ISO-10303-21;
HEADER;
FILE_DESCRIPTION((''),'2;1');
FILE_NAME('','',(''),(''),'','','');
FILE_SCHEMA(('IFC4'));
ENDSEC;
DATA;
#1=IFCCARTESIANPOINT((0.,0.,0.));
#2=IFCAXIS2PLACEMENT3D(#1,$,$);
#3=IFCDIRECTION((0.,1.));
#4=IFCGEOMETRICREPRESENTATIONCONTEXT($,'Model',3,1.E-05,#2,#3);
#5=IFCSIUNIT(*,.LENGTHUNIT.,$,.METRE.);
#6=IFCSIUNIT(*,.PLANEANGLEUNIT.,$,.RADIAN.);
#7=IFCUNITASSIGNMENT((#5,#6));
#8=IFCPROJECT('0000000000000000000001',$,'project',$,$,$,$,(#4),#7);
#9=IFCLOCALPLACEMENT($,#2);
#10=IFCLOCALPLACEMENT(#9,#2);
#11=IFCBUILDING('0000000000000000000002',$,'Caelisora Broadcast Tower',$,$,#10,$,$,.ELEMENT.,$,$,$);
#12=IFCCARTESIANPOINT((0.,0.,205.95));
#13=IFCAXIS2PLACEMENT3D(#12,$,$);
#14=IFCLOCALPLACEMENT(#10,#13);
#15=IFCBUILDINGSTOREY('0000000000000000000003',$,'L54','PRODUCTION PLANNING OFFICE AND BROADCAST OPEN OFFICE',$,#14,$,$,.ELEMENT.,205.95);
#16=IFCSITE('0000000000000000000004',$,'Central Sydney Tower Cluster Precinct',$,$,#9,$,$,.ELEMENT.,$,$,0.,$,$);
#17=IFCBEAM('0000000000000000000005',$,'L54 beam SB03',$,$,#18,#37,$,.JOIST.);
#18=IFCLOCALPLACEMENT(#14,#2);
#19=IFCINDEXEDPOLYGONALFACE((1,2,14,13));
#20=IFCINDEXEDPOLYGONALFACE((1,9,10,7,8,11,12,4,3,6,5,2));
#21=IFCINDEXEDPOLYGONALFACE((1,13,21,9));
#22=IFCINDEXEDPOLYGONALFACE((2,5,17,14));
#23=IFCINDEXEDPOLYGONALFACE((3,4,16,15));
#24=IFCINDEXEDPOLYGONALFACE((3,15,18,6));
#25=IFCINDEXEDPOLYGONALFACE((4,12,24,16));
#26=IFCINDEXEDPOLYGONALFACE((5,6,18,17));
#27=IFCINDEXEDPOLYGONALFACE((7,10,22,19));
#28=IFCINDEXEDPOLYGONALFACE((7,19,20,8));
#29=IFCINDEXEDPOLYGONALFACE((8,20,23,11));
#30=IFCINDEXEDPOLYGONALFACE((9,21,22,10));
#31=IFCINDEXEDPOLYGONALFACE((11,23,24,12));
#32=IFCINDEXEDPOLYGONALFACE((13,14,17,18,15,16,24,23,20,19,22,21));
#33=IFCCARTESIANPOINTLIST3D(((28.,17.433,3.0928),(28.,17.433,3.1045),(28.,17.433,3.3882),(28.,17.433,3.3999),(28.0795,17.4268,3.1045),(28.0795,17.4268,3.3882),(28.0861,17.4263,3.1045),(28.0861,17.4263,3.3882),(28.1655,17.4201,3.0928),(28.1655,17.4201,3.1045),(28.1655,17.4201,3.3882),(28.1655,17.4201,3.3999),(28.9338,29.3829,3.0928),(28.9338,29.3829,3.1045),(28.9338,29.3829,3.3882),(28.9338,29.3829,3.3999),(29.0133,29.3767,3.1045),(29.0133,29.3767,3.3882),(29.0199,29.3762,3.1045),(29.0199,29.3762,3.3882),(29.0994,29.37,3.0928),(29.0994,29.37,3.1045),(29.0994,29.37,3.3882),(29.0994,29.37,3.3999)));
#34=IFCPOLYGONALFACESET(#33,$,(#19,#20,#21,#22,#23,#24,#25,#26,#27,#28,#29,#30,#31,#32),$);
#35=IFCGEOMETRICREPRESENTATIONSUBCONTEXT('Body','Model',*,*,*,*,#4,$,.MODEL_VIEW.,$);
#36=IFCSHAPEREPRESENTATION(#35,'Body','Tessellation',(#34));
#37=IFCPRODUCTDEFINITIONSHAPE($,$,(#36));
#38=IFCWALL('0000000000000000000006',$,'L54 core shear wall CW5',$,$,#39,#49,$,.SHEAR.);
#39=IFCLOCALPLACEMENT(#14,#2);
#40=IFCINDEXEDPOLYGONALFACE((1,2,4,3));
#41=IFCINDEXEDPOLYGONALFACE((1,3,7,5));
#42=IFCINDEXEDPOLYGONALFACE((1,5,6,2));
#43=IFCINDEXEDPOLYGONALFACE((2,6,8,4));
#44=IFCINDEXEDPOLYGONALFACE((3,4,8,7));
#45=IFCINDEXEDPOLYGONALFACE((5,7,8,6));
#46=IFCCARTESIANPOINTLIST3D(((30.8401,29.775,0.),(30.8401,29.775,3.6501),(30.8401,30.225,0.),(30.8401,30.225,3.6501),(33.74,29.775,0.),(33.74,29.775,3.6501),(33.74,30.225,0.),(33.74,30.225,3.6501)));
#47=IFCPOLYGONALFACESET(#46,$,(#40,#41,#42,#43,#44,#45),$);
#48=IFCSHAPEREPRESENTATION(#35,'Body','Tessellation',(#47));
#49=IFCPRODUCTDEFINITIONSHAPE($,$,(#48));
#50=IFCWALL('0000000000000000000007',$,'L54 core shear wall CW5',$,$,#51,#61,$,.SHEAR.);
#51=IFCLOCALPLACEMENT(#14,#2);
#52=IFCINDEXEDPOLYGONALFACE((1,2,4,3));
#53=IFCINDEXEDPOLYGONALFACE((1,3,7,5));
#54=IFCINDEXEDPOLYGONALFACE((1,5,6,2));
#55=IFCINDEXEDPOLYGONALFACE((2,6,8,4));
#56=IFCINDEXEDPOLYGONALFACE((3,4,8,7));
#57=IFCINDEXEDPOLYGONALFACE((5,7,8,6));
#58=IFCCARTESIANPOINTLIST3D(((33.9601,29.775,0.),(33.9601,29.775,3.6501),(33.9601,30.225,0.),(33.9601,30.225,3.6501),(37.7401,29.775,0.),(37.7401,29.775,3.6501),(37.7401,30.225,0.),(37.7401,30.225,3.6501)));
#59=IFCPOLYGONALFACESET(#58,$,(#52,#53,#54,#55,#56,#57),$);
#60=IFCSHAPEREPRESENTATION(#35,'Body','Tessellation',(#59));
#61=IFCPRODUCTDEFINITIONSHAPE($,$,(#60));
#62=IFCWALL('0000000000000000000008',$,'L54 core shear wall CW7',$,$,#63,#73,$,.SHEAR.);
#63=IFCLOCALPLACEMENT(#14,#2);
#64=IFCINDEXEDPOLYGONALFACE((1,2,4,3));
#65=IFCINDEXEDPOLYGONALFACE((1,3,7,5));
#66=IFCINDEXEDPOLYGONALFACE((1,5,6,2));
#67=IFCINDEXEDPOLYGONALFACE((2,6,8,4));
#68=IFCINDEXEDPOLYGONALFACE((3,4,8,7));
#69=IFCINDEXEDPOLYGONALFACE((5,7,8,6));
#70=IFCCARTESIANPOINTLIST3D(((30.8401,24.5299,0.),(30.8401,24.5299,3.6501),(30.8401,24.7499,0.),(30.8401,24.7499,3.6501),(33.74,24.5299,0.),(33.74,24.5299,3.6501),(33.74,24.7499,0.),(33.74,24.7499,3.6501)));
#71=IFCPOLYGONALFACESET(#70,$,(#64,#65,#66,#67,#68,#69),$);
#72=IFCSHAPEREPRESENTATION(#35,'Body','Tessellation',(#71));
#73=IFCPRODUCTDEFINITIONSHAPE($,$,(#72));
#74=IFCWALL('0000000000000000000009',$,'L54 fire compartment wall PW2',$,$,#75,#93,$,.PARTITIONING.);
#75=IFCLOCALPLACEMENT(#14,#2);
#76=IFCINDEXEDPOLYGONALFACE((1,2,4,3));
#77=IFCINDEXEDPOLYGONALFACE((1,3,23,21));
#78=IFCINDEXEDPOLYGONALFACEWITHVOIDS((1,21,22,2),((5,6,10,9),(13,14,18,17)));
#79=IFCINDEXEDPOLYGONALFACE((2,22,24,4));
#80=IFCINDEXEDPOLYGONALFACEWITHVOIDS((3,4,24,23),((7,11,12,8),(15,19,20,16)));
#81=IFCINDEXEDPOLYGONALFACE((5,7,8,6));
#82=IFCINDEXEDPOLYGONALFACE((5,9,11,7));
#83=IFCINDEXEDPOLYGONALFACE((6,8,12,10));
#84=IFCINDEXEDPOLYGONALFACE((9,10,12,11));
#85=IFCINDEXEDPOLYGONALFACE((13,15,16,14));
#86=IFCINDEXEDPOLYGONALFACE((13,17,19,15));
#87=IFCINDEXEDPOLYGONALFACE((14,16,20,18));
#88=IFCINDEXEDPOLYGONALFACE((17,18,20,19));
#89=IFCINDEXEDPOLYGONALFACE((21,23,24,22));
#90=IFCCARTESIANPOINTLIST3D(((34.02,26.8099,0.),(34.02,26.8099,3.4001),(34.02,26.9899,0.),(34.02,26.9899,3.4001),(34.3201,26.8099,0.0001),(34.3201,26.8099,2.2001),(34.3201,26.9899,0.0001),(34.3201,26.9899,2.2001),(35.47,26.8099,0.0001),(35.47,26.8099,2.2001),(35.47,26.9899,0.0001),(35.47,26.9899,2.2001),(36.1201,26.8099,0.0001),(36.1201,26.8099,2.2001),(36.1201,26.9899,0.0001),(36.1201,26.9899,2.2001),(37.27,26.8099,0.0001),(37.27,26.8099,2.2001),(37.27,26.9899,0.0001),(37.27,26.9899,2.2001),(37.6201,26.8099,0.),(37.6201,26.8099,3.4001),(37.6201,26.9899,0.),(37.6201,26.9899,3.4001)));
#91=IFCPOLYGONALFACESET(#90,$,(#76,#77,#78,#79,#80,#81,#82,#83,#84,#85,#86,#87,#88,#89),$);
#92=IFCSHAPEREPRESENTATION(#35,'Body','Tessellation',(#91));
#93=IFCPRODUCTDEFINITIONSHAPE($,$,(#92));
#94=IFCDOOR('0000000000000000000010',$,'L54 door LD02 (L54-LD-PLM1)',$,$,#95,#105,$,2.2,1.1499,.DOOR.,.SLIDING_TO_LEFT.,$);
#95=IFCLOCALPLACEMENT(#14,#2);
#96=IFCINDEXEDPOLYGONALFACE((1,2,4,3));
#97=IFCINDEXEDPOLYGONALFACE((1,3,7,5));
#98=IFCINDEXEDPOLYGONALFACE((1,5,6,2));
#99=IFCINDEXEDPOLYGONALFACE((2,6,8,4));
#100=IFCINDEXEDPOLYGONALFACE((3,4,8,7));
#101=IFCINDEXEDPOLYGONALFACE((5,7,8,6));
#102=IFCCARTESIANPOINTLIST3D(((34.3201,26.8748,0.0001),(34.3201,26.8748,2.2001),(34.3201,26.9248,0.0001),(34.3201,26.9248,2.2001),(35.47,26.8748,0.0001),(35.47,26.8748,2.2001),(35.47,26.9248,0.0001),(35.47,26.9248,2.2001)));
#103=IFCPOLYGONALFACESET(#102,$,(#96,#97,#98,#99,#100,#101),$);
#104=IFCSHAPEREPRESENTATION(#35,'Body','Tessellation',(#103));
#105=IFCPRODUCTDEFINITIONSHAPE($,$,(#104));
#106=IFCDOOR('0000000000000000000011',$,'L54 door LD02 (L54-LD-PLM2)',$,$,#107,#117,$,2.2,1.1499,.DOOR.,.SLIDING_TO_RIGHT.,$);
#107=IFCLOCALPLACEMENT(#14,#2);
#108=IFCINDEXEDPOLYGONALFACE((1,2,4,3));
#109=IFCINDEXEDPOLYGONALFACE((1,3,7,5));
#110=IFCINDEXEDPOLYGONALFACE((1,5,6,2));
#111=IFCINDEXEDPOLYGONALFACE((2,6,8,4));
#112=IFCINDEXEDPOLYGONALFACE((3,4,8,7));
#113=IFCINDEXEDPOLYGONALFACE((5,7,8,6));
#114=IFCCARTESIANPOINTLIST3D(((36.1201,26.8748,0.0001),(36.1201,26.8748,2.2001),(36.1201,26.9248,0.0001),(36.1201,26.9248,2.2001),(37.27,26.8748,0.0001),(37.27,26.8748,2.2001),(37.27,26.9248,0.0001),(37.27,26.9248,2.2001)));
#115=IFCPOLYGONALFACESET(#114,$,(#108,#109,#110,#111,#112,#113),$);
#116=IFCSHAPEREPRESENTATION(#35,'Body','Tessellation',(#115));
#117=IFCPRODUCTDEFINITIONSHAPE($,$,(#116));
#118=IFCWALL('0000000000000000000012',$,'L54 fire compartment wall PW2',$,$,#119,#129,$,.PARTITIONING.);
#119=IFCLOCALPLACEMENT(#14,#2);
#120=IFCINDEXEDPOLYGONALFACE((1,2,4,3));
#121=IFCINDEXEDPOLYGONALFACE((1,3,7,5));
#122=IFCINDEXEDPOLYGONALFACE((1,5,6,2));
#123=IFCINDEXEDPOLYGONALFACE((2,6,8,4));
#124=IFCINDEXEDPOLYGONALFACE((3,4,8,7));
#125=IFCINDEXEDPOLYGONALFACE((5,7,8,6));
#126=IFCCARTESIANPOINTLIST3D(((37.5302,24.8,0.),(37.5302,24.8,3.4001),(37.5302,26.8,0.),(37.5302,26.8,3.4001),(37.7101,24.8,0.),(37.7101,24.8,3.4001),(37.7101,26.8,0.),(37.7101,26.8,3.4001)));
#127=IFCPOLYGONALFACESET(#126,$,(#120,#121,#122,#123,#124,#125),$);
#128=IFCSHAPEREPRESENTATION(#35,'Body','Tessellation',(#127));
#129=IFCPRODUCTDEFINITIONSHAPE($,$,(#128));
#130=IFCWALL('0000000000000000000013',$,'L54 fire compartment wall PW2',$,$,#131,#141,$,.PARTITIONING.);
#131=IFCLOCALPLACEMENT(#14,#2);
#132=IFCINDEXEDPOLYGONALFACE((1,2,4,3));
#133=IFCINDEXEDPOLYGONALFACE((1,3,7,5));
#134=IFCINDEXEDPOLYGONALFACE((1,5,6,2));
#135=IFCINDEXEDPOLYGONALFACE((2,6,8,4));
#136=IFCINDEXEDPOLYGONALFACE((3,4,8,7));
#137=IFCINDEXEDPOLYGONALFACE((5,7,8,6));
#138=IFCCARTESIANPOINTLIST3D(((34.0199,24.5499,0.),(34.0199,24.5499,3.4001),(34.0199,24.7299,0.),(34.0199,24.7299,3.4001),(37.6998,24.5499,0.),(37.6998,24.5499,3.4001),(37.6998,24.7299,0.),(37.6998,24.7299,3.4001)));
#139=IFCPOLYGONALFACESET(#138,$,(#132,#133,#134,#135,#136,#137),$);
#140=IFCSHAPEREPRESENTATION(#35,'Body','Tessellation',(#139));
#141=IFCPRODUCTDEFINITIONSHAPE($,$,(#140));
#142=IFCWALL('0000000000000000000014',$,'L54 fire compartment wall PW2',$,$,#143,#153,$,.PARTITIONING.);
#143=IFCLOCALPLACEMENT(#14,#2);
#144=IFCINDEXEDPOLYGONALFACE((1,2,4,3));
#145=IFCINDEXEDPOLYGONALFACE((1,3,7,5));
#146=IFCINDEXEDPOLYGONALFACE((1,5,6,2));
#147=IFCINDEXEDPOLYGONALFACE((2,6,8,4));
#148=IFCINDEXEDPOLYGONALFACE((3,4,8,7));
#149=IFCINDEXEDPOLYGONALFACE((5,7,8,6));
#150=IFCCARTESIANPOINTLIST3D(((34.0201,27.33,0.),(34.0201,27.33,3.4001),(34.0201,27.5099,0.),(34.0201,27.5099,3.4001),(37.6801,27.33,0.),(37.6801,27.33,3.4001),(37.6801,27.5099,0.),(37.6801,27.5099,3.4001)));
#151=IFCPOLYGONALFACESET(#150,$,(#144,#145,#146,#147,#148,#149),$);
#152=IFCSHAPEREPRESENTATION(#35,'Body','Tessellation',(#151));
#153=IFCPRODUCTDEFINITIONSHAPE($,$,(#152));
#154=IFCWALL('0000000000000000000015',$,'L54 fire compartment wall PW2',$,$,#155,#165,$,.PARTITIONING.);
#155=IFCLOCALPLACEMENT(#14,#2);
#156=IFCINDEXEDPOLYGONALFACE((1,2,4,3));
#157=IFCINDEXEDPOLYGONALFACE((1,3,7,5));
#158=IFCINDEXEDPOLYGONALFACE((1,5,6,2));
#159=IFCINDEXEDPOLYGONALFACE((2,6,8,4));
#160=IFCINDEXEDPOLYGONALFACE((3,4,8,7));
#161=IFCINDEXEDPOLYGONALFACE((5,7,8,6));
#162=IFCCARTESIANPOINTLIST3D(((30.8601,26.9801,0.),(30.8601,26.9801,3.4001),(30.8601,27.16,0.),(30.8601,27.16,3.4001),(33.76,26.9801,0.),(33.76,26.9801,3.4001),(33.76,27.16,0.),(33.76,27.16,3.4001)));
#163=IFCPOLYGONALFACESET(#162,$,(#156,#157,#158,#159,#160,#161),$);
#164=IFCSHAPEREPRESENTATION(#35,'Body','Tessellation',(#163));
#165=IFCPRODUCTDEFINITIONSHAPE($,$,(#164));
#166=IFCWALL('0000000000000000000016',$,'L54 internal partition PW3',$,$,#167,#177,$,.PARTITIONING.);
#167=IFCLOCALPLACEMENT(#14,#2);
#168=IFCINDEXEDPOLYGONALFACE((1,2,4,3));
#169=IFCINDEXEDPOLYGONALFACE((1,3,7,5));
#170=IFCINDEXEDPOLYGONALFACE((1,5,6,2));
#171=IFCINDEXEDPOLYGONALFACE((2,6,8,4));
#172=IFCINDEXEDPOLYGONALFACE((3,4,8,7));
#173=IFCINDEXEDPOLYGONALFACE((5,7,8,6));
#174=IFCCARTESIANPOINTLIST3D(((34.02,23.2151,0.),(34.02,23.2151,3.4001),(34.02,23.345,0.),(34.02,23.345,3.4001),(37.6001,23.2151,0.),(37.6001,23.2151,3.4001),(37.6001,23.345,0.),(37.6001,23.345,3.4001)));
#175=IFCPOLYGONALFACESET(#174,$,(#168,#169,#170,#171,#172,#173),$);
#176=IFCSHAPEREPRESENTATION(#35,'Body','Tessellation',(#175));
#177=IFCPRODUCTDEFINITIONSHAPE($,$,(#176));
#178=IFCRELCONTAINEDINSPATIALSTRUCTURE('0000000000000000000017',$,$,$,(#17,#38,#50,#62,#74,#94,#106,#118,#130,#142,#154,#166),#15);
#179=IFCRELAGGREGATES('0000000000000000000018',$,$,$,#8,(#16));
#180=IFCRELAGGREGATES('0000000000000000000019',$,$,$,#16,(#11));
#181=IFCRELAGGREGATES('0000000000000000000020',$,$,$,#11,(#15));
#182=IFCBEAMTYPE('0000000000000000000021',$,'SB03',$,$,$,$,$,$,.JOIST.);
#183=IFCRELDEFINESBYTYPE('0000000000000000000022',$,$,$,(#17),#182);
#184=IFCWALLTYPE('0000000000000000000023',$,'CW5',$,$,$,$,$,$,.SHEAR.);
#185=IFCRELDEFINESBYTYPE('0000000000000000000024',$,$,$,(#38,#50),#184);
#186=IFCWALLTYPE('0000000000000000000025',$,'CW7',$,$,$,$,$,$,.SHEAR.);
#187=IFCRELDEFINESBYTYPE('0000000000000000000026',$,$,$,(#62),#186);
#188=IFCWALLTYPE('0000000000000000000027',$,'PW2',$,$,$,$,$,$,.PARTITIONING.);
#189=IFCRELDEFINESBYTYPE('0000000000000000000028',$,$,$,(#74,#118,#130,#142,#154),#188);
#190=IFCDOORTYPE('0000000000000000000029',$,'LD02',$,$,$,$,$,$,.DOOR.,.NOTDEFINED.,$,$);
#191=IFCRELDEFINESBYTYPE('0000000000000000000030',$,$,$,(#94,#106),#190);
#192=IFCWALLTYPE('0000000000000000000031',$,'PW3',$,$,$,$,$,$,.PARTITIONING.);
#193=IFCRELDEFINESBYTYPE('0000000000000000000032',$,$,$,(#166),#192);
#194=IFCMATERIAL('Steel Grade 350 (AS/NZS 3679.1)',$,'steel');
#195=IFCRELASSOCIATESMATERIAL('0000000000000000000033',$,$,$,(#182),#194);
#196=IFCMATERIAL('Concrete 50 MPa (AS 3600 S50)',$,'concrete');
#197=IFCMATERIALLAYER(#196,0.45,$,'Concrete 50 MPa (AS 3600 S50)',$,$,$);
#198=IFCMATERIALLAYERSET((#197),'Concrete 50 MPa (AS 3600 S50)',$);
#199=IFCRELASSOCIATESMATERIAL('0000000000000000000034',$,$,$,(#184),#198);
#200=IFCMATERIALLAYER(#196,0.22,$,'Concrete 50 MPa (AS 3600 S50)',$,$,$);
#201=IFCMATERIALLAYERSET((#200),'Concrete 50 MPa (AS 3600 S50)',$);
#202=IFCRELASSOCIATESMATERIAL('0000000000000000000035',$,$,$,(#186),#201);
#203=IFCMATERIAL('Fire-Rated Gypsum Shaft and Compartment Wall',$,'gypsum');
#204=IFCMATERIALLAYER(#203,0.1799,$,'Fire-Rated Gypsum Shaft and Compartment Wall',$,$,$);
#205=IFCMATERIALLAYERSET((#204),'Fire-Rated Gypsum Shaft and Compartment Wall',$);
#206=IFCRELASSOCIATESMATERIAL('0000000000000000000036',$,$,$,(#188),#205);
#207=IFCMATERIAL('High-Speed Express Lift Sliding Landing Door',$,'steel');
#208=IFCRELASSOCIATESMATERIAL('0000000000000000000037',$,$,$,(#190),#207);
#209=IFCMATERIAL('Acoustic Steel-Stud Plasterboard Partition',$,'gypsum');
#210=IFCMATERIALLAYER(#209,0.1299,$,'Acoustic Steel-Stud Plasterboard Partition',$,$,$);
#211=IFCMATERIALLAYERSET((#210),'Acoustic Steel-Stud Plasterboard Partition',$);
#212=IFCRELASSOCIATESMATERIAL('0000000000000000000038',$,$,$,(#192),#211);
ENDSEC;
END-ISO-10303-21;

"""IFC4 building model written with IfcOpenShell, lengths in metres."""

from ifc_helpers import new_model, si_unit, direction, frame, frame_2d, origin, origin_2d, place, context, subcontext, project, spatial, rectangle, i_section, extrude, source, transform, mapped, material, layer, layer_set, material_profile, profile_set, type_object, element, fill, save


model = new_model("IFC4")

# Units and contexts
model_context = context("Model", 3, precision=1e-05, world=origin(), true_north=direction((0.0, 1.0)))
body_context = subcontext(model_context, "Body", "Model", "MODEL_VIEW")
ifc_project = project(units=[si_unit("LENGTHUNIT", "METRE"), si_unit("PLANEANGLEUNIT", "RADIAN")], contexts=[model_context])

# Site, building, storey
site_placement = place(None, origin())
site = spatial("IfcSite", under=ifc_project, at=site_placement, Name="Central Sydney Tower Cluster Precinct", CompositionType="ELEMENT", RefElevation=0.0)
building_placement = place(site_placement, origin())
building = spatial("IfcBuilding", under=site, at=building_placement, Name="Caelisora Broadcast Tower", CompositionType="ELEMENT")
storey_placement = place(building_placement, frame((0.0, 0.0, 205.95)))
storey = spatial("IfcBuildingStorey", under=building, at=storey_placement, Name="L54", Description="PRODUCTION PLANNING OFFICE AND BROADCAST OPEN OFFICE", CompositionType="ELEMENT", Elevation=205.95)

# Beam
ifc_material_1 = material(Name="Concrete 50 MPa (AS 3600 S50)", Category="concrete")
ifc_material_2 = material(Name="Steel Grade 350 (AS/NZS 3679.1)", Category="steel")
ifc_material_profile_1 = material_profile(ifc_material_2, i_section(OverallWidth=0.166, OverallDepth=0.3071, WebThickness=0.0066, FlangeThickness=0.0117, at=origin_2d()), Name="Steel Grade 350 (AS/NZS 3679.1)")
ifc_profile_set_1 = profile_set([ifc_material_profile_1], Name="Steel Grade 350 (AS/NZS 3679.1)")
beam_type_1 = type_object("IfcBeamType", Name="SB03", PredefinedType="JOIST", material=ifc_profile_set_1)
shared_shape_1 = source(origin(), body_context, "Body", "SweptSolid", [
    extrude(i_section(OverallWidth=0.166, OverallDepth=0.3071, WebThickness=0.0066, FlangeThickness=0.0117, at=origin_2d()), origin(), (0.0, 0.0, 1.0), 11.9863),
])
beam_1_placement = place(storey_placement, frame((29.0166, 29.3765, 3.2463), z_axis=(-0.077908, -0.996961, 0.0), x_axis=(0.996961, -0.077908, 0.0)))
element("IfcBeam", 1, at=beam_1_placement, inside=storey, type_object=beam_type_1, Name="L54 beam SB03", PredefinedType="JOIST", context=body_context, shape_type="MappedRepresentation", body=[
    mapped(shared_shape_1, transform((0.0, 0.0, 0.0), scale=1.0)),
])

# Walls
ifc_layer_1 = layer(ifc_material_1, 0.45, Name="Concrete 50 MPa (AS 3600 S50)")
ifc_layer_set_1 = layer_set([ifc_layer_1], Name="Concrete 50 MPa (AS 3600 S50)")
wall_type_1 = type_object("IfcWallType", Name="CW5", PredefinedType="SHEAR", material=ifc_layer_set_1)
wall_1_placement = place(storey_placement, frame((30.8401, 30.0, 0.0), z_axis=(0.0, 0.0, 1.0), x_axis=(1.0, 0.0, 0.0)))
element("IfcWall", 2, at=wall_1_placement, inside=storey, type_object=wall_type_1, Name="L54 core shear wall CW5", PredefinedType="SHEAR", context=body_context, shape_type="SweptSolid", body=[
    extrude(rectangle(XDim=2.8999, YDim=0.45, at=frame_2d((1.45, 0.0))), origin(), (0.0, 0.0, 1.0), 3.6501),
])
wall_2_placement = place(storey_placement, frame((33.96, 30.0, 0.0), z_axis=(0.0, 0.0, 1.0), x_axis=(1.0, 0.0, 0.0)))
element("IfcWall", 3, at=wall_2_placement, inside=storey, type_object=wall_type_1, Name="L54 core shear wall CW5", PredefinedType="SHEAR", context=body_context, shape_type="SweptSolid", body=[
    extrude(rectangle(XDim=3.78, YDim=0.45, at=frame_2d((1.8901, 0.0))), origin(), (0.0, 0.0, 1.0), 3.6501),
])
ifc_layer_2 = layer(ifc_material_1, 0.22, Name="Concrete 50 MPa (AS 3600 S50)")
ifc_layer_set_2 = layer_set([ifc_layer_2], Name="Concrete 50 MPa (AS 3600 S50)")
wall_type_2 = type_object("IfcWallType", Name="CW7", PredefinedType="SHEAR", material=ifc_layer_set_2)
wall_3_placement = place(storey_placement, frame((30.8401, 24.6399, 0.0), z_axis=(0.0, 0.0, 1.0), x_axis=(1.0, 0.0, 0.0)))
element("IfcWall", 4, at=wall_3_placement, inside=storey, type_object=wall_type_2, Name="L54 core shear wall CW7", PredefinedType="SHEAR", context=body_context, shape_type="SweptSolid", body=[
    extrude(rectangle(XDim=2.8999, YDim=0.22, at=frame_2d((1.45, 0.0))), origin(), (0.0, 0.0, 1.0), 3.6501),
])

# Wall, openings, doors
ifc_material_3 = material(Name="Fire-Rated Gypsum Shaft and Compartment Wall", Category="gypsum")
ifc_layer_3 = layer(ifc_material_3, 0.1799, Name="Fire-Rated Gypsum Shaft and Compartment Wall")
ifc_layer_set_3 = layer_set([ifc_layer_3], Name="Fire-Rated Gypsum Shaft and Compartment Wall")
wall_type_3 = type_object("IfcWallType", Name="PW2", PredefinedType="PARTITIONING", material=ifc_layer_set_3)
wall_4_placement = place(storey_placement, frame((34.02, 26.8999, 0.0), z_axis=(0.0, 0.0, 1.0), x_axis=(1.0, 0.0, 0.0)))
wall_4 = element("IfcWall", 5, at=wall_4_placement, inside=storey, type_object=wall_type_3, Name="L54 fire compartment wall PW2", PredefinedType="PARTITIONING", context=body_context, shape_type="SweptSolid", body=[
    extrude(rectangle(XDim=3.6001, YDim=0.1799, at=frame_2d((1.8, 0.0))), origin(), (0.0, 0.0, 1.0), 3.4001),
])
opening_1_placement = place(wall_4_placement, frame((0.3, 0.0, 0.0)))
opening_1 = element("IfcOpeningElement", 6, at=opening_1_placement, cuts=wall_4, PredefinedType="OPENING", context=body_context, shape_type="SweptSolid", body=[
    extrude(rectangle(XDim=1.1499, YDim=2.2, at=frame_2d((0.575, 1.1001))), frame((0.0, 0.1021, 0.0), z_axis=(0.0, -1.0, 0.0), x_axis=(1.0, 0.0, 0.0)), (0.0, 0.0, 1.0), 0.2039),
])
opening_2_placement = place(wall_4_placement, frame((2.1001, 0.0, 0.0)))
opening_2 = element("IfcOpeningElement", 7, at=opening_2_placement, cuts=wall_4, PredefinedType="OPENING", context=body_context, shape_type="SweptSolid", body=[
    extrude(rectangle(XDim=1.1499, YDim=2.2, at=frame_2d((0.575, 1.1001))), frame((0.0, 0.1021, 0.0), z_axis=(0.0, -1.0, 0.0), x_axis=(1.0, 0.0, 0.0)), (0.0, 0.0, 1.0), 0.2039),
])
ifc_material_4 = material(Name="High-Speed Express Lift Sliding Landing Door", Category="steel")
door_type = type_object("IfcDoorType", Name="LD02", OperationType="NOTDEFINED", PredefinedType="DOOR", material=ifc_material_4)
door_1_placement = place(opening_1_placement, origin())
door_1 = element("IfcDoor", 8, at=door_1_placement, inside=storey, type_object=door_type, Name="L54 door LD02 (L54-LD-PLM1)", OperationType="SLIDING_TO_LEFT", OverallHeight=2.2, OverallWidth=1.1499, PredefinedType="DOOR", context=body_context, shape_type="SweptSolid", body=[
    extrude(rectangle(XDim=1.1499, YDim=2.2, at=frame_2d((0.575, 1.1001))), frame((0.0, 0.0249, 0.0), z_axis=(0.0, -1.0, 0.0), x_axis=(1.0, 0.0, 0.0)), (0.0, 0.0, 1.0), 0.05),
])
fill(opening_1, door_1)
door_2_placement = place(opening_2_placement, origin())
door_2 = element("IfcDoor", 9, at=door_2_placement, inside=storey, type_object=door_type, Name="L54 door LD02 (L54-LD-PLM2)", OperationType="SLIDING_TO_RIGHT", OverallHeight=2.2, OverallWidth=1.1499, PredefinedType="DOOR", context=body_context, shape_type="SweptSolid", body=[
    extrude(rectangle(XDim=1.1499, YDim=2.2, at=frame_2d((0.575, 1.1001))), frame((0.0, 0.0249, 0.0), z_axis=(0.0, -1.0, 0.0), x_axis=(1.0, 0.0, 0.0)), (0.0, 0.0, 1.0), 0.05),
])
fill(opening_2, door_2)

# Walls
wall_5_placement = place(storey_placement, frame((37.6201, 24.8, 0.0), z_axis=(0.0, 0.0, 1.0), x_axis=(0.0, 1.0, 0.0)))
element("IfcWall", 10, at=wall_5_placement, inside=storey, type_object=wall_type_3, Name="L54 fire compartment wall PW2", PredefinedType="PARTITIONING", context=body_context, shape_type="SweptSolid", body=[
    extrude(rectangle(XDim=2.0, YDim=0.1799, at=frame_2d((1.0, 0.0))), origin(), (0.0, 0.0, 1.0), 3.4001),
])
wall_6_placement = place(storey_placement, frame((34.02, 24.6399, 0.0), z_axis=(0.0, 0.0, 1.0), x_axis=(1.0, 0.0, 0.0)))
element("IfcWall", 11, at=wall_6_placement, inside=storey, type_object=wall_type_3, Name="L54 fire compartment wall PW2", PredefinedType="PARTITIONING", context=body_context, shape_type="SweptSolid", body=[
    extrude(rectangle(XDim=3.6799, YDim=0.1799, at=frame_2d((1.8398, 0.0))), origin(), (0.0, 0.0, 1.0), 3.4001),
])
wall_7_placement = place(storey_placement, frame((34.02, 27.4199, 0.0), z_axis=(0.0, 0.0, 1.0), x_axis=(1.0, 0.0, 0.0)))
element("IfcWall", 12, at=wall_7_placement, inside=storey, type_object=wall_type_3, Name="L54 fire compartment wall PW2", PredefinedType="PARTITIONING", context=body_context, shape_type="SweptSolid", body=[
    extrude(rectangle(XDim=3.6599, YDim=0.1799, at=frame_2d((1.8301, 0.0))), origin(), (0.0, 0.0, 1.0), 3.4001),
])
wall_8_placement = place(storey_placement, frame((30.8601, 27.0701, 0.0), z_axis=(0.0, 0.0, 1.0), x_axis=(1.0, 0.0, 0.0)))
element("IfcWall", 13, at=wall_8_placement, inside=storey, type_object=wall_type_3, Name="L54 fire compartment wall PW2", PredefinedType="PARTITIONING", context=body_context, shape_type="SweptSolid", body=[
    extrude(rectangle(XDim=2.8999, YDim=0.1799, at=frame_2d((1.45, 0.0))), origin(), (0.0, 0.0, 1.0), 3.4001),
])
ifc_material_5 = material(Name="Acoustic Steel-Stud Plasterboard Partition", Category="gypsum")
ifc_layer_4 = layer(ifc_material_5, 0.1299, Name="Acoustic Steel-Stud Plasterboard Partition")
ifc_layer_set_4 = layer_set([ifc_layer_4], Name="Acoustic Steel-Stud Plasterboard Partition")
wall_type_4 = type_object("IfcWallType", Name="PW3", PredefinedType="PARTITIONING", material=ifc_layer_set_4)
wall_9_placement = place(storey_placement, frame((34.02, 23.28, 0.0), z_axis=(0.0, 0.0, 1.0), x_axis=(1.0, 0.0, 0.0)))
element("IfcWall", 14, at=wall_9_placement, inside=storey, type_object=wall_type_4, Name="L54 internal partition PW3", PredefinedType="PARTITIONING", context=body_context, shape_type="SweptSolid", body=[
    extrude(rectangle(XDim=3.5801, YDim=0.1299, at=frame_2d((1.79, 0.0))), origin(), (0.0, 0.0, 1.0), 3.4001),
])

save(model, "model.ifc")
